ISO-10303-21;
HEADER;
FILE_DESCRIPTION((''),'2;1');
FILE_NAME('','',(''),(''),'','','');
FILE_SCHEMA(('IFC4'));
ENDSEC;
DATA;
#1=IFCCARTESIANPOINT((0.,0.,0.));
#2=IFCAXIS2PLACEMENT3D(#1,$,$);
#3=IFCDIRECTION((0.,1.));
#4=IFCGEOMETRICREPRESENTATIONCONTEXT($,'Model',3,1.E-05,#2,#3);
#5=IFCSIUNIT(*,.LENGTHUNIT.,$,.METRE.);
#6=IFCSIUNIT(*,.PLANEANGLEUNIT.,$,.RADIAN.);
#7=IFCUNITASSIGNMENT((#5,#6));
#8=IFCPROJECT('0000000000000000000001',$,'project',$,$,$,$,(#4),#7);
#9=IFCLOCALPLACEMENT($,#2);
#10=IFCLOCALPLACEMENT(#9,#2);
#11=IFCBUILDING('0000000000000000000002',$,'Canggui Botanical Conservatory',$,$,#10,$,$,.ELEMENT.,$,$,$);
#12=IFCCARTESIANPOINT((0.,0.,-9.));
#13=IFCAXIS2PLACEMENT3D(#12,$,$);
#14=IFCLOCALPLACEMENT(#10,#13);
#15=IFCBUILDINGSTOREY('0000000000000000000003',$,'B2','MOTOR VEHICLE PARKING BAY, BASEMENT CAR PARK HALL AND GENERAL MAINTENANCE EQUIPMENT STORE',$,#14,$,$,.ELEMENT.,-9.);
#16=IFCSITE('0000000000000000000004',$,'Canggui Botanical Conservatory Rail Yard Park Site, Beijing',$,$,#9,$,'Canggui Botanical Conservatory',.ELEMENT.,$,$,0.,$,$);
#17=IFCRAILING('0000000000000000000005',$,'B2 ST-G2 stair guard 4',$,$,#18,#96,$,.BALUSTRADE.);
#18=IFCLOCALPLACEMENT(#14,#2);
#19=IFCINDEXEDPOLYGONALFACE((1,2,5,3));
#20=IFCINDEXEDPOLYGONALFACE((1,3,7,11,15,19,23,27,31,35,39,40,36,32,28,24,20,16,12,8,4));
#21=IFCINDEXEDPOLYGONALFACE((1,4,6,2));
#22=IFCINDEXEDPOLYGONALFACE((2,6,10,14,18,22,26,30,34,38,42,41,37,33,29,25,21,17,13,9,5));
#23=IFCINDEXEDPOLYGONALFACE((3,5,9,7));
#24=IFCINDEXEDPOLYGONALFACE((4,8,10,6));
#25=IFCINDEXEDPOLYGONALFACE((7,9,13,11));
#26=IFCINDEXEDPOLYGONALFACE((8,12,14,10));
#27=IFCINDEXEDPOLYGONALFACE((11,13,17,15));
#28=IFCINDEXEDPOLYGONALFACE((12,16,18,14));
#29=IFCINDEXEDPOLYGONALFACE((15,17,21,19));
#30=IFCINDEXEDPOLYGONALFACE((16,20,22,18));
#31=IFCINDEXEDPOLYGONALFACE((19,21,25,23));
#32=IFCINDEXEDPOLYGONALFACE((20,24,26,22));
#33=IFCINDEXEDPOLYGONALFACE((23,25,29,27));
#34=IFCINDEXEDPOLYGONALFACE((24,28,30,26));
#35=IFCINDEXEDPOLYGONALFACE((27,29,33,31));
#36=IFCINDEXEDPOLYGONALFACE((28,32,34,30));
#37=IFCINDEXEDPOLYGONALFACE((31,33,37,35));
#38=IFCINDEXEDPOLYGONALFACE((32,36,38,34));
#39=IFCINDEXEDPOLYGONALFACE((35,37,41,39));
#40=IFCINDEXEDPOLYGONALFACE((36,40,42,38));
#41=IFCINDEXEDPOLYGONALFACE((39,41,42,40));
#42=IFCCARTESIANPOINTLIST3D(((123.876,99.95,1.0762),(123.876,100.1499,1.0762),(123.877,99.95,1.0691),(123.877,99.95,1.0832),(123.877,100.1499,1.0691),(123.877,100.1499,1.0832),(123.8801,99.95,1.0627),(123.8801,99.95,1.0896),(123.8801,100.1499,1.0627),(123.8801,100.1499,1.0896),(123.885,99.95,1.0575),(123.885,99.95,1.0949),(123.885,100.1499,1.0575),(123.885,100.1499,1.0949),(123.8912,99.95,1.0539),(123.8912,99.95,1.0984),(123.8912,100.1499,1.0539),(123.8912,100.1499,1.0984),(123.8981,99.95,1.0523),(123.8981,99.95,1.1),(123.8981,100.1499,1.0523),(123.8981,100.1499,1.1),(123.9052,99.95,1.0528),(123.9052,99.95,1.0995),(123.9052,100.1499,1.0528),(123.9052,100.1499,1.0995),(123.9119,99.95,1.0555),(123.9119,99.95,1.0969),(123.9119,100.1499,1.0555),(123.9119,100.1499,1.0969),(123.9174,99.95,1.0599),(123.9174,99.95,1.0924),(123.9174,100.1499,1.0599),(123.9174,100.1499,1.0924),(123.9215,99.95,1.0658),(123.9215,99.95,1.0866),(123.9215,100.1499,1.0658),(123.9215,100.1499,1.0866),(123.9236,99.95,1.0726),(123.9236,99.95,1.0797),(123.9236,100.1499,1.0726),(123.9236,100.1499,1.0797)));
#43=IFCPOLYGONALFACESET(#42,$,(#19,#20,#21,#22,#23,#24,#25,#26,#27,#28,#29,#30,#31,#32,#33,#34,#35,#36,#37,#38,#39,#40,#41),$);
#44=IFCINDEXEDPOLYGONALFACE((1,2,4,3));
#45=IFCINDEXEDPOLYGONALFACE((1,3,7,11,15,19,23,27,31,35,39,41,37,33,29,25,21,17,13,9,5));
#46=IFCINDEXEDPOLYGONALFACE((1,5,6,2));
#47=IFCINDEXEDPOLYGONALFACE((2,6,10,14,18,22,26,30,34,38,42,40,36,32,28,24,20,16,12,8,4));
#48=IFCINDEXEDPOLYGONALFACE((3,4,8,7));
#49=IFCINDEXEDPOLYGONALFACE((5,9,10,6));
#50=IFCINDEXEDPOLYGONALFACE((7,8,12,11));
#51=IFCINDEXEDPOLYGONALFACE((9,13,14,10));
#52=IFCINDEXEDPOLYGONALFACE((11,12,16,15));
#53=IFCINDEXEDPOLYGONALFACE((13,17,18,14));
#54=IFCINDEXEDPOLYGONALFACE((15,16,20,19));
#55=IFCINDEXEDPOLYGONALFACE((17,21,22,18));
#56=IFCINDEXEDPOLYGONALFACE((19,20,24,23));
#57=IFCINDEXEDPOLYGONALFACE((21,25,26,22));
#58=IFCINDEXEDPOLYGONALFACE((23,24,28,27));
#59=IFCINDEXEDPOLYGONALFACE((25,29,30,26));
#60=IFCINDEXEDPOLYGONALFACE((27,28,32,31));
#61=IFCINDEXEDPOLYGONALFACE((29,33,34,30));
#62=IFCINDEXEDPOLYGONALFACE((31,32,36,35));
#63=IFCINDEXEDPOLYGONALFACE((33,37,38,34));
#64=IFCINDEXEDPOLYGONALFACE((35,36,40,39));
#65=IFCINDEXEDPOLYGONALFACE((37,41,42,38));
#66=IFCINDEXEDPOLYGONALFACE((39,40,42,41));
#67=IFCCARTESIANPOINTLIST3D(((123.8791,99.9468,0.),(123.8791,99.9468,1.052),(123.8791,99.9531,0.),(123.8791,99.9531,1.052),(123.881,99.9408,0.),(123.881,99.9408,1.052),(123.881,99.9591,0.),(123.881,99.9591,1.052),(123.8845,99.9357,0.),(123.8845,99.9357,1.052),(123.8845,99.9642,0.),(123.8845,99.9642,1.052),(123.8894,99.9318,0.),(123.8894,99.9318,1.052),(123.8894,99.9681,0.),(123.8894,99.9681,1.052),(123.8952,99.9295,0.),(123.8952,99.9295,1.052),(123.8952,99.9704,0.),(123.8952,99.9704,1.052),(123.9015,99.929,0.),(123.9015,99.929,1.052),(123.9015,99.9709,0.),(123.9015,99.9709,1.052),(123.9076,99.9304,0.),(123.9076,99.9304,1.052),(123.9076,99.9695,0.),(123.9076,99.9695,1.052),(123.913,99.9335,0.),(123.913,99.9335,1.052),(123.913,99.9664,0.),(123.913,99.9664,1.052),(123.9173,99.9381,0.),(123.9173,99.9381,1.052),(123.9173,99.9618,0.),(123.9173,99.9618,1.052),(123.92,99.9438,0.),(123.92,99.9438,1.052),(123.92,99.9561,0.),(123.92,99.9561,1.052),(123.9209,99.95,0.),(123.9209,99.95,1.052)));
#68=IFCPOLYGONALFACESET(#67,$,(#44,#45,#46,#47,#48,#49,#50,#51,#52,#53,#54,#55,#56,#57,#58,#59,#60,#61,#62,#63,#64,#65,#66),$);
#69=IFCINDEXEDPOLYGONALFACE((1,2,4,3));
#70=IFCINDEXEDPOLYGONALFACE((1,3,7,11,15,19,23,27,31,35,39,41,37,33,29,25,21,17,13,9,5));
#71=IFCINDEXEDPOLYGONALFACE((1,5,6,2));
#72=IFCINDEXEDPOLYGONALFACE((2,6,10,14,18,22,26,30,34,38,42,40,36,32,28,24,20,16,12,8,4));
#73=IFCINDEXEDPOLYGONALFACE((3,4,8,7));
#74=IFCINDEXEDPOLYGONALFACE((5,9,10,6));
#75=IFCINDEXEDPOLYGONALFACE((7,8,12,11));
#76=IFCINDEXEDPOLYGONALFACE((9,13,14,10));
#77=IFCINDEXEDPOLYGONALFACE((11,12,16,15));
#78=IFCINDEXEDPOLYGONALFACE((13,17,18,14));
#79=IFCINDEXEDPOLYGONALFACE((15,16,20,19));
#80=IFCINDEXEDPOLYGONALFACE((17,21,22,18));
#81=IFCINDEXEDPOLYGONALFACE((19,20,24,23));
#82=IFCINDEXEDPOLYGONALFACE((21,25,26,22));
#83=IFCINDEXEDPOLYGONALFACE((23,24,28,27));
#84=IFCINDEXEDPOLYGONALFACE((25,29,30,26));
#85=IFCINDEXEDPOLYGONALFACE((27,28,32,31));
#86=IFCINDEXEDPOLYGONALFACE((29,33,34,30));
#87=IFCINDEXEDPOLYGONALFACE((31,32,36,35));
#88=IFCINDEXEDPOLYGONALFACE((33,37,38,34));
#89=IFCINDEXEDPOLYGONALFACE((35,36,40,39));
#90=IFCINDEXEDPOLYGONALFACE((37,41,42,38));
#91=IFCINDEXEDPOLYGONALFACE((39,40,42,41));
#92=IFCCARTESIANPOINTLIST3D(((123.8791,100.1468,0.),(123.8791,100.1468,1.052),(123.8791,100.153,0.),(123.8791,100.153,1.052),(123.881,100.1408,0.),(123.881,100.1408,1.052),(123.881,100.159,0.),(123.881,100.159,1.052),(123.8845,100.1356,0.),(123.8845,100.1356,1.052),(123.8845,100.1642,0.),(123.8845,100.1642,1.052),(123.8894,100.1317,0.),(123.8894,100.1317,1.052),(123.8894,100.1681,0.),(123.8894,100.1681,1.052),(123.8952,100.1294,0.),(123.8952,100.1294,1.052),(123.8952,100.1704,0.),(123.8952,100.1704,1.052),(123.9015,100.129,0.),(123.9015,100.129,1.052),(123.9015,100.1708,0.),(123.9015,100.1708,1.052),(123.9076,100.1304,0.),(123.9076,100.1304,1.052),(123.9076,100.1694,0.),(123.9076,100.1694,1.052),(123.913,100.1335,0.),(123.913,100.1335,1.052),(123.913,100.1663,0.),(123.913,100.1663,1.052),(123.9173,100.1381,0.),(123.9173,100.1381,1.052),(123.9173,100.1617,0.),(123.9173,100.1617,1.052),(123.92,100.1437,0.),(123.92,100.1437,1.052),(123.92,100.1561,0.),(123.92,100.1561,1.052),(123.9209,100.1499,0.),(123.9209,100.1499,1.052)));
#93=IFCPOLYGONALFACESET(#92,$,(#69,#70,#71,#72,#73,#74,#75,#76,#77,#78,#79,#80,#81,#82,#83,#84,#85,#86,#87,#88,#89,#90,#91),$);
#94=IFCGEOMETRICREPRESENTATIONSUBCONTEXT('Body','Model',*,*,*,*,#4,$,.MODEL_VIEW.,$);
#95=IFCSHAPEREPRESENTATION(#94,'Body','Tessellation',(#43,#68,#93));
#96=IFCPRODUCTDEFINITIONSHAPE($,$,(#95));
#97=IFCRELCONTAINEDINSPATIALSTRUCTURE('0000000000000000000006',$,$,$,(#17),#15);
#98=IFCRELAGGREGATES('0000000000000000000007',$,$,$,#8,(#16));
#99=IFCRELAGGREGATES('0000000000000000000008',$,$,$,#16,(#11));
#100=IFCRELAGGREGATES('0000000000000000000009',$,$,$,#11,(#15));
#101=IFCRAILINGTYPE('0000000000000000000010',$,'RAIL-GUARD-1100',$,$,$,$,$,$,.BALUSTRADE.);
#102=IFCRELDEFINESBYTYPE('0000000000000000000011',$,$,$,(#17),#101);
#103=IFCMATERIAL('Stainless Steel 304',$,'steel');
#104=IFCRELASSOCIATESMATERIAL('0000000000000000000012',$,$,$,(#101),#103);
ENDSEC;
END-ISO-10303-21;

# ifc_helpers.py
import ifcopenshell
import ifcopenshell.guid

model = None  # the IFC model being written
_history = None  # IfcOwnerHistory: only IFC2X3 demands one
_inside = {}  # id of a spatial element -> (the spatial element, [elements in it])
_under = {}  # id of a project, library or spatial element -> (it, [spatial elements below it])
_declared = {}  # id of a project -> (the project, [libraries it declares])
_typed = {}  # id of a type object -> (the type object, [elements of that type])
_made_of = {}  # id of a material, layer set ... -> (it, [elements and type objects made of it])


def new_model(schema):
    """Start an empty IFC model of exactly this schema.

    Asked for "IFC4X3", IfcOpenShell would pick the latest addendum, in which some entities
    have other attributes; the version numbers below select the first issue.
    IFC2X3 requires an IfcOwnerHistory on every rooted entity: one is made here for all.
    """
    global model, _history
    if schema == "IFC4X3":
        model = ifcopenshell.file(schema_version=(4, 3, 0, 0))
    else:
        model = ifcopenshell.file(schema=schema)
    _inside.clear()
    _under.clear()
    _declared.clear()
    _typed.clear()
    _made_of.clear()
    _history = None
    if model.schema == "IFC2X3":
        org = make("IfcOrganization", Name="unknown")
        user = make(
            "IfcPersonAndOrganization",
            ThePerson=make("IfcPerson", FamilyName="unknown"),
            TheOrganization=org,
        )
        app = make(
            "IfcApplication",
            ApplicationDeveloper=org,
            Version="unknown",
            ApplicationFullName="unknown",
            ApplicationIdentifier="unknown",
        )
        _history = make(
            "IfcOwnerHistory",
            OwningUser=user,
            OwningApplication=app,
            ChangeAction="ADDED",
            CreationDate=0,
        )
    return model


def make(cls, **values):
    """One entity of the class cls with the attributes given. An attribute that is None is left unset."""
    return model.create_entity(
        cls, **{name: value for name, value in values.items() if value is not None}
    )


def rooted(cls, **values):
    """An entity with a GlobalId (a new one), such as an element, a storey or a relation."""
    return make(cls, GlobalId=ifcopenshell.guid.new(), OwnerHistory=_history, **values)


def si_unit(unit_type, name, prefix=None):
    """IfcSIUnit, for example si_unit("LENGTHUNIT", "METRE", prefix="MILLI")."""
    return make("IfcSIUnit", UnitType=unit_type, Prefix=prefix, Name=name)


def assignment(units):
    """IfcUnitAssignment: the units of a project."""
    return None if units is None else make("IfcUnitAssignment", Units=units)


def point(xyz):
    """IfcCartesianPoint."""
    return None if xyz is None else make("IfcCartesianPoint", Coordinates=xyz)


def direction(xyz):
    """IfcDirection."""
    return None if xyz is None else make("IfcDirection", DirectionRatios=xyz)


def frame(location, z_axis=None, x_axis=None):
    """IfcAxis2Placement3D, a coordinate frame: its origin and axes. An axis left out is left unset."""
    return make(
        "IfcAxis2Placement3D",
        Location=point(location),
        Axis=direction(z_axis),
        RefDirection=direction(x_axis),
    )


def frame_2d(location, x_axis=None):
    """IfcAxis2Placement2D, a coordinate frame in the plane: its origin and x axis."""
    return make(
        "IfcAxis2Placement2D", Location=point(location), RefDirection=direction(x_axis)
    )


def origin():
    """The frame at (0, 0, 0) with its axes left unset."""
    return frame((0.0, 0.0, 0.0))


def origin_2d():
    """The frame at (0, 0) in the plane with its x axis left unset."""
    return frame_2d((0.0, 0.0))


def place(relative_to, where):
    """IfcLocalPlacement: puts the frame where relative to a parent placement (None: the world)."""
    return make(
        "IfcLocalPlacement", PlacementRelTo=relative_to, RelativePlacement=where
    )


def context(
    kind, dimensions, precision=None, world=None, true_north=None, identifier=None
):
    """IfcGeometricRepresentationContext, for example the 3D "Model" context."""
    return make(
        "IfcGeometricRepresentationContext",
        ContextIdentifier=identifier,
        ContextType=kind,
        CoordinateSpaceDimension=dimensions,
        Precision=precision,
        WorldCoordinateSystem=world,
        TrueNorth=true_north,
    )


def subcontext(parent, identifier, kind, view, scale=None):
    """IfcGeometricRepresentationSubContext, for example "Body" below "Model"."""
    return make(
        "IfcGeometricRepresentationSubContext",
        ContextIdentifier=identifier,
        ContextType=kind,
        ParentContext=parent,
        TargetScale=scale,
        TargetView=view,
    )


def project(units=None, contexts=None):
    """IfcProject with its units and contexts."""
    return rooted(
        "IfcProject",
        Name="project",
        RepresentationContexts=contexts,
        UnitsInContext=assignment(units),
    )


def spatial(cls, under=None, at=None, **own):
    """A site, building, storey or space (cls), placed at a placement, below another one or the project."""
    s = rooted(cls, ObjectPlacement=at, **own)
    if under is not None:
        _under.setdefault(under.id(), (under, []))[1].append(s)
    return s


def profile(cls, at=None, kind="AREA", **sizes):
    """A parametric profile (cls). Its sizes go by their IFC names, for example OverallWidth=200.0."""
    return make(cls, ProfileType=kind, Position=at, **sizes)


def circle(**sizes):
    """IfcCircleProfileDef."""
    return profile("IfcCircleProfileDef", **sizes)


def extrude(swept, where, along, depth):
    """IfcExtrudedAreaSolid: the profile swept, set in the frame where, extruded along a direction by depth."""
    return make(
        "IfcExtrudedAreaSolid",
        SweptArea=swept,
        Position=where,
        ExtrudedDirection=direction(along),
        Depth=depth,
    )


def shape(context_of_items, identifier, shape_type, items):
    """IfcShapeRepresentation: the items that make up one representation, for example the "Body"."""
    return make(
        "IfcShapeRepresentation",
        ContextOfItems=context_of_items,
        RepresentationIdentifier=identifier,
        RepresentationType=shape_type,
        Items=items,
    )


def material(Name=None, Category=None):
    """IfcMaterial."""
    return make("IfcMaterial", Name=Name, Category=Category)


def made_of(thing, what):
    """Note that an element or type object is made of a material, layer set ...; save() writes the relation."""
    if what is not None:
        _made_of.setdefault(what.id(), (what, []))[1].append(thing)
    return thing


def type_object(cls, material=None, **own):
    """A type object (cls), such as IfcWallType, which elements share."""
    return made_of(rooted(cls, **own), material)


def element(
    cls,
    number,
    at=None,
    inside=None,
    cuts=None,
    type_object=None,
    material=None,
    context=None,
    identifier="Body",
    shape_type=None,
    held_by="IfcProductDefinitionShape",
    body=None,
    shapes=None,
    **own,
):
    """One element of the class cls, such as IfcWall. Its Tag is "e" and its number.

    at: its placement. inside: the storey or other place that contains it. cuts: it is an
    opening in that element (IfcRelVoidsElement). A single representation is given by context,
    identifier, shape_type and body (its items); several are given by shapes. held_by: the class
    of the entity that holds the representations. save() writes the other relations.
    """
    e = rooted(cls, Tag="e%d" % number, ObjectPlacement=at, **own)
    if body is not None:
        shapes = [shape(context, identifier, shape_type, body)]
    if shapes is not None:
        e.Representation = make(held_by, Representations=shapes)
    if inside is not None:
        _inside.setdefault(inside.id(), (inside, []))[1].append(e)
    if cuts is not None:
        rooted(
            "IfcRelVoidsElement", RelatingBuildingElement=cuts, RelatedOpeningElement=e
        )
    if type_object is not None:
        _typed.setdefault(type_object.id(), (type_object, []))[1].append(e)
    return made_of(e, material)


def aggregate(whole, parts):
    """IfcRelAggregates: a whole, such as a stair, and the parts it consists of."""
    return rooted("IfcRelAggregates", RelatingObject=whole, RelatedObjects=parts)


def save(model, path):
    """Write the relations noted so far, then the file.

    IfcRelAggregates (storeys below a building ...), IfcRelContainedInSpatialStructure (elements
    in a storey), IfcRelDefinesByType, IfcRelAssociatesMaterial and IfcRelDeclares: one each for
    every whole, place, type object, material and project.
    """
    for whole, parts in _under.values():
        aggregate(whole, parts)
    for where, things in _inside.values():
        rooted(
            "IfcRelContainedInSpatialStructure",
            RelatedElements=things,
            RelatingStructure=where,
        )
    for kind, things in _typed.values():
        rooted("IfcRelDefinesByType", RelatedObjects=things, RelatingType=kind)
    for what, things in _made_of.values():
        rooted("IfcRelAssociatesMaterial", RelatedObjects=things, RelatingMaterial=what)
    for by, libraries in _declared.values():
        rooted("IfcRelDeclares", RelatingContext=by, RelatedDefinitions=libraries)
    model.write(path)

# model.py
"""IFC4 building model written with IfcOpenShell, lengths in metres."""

from ifc_helpers import new_model, si_unit, direction, frame, origin, origin_2d, place, context, subcontext, project, spatial, circle, extrude, material, type_object, element, save


model = new_model("IFC4")

# Units and contexts
model_context = context("Model", 3, precision=1e-05, world=origin(), true_north=direction((0.0, 1.0)))
body_context = subcontext(model_context, "Body", "Model", "MODEL_VIEW")
ifc_project = project(units=[si_unit("LENGTHUNIT", "METRE"), si_unit("PLANEANGLEUNIT", "RADIAN")], contexts=[model_context])

# Site, building, storey
site_placement = place(None, origin())
site = spatial("IfcSite", under=ifc_project, at=site_placement, Name="Canggui Botanical Conservatory Rail Yard Park Site, Beijing", LongName="Canggui Botanical Conservatory", CompositionType="ELEMENT", RefElevation=0.0)
building_placement = place(site_placement, origin())
building = spatial("IfcBuilding", under=site, at=building_placement, Name="Canggui Botanical Conservatory", CompositionType="ELEMENT")
storey_placement = place(building_placement, frame((0.0, 0.0, -9.0)))
storey = spatial("IfcBuildingStorey", under=building, at=storey_placement, Name="B2", Description="MOTOR VEHICLE PARKING BAY, BASEMENT CAR PARK HALL AND GENERAL MAINTENANCE EQUIPMENT STORE", CompositionType="ELEMENT", Elevation=-9.0)

# Railing
ifc_material_1 = material(Name="Stainless Steel 304", Category="steel")
railing_type_1 = type_object("IfcRailingType", Name="RAIL-GUARD-1100", PredefinedType="BALUSTRADE", material=ifc_material_1)
railing_1_placement = place(storey_placement, frame((123.8999, 99.95, 0.0)))
element("IfcRailing", 1, at=railing_1_placement, inside=storey, type_object=railing_type_1, Name="B2 ST-G2 stair guard 4", PredefinedType="BALUSTRADE", context=body_context, shape_type="SweptSolid", body=[
    extrude(circle(Radius=0.0239, at=origin_2d()), frame((0.0, 0.0, 1.0762), z_axis=(0.0, 1.0, 0.0), x_axis=(-1.0, 0.0, 0.0)), (0.0, 0.0, 1.0), 0.2),
    extrude(circle(Radius=0.021, at=origin_2d()), origin(), (0.0, 0.0, 1.0), 1.052),
    extrude(circle(Radius=0.021, at=origin_2d()), frame((0.0, 0.2, 0.0)), (0.0, 0.0, 1.0), 1.052),
])

save(model, "model.ifc")
